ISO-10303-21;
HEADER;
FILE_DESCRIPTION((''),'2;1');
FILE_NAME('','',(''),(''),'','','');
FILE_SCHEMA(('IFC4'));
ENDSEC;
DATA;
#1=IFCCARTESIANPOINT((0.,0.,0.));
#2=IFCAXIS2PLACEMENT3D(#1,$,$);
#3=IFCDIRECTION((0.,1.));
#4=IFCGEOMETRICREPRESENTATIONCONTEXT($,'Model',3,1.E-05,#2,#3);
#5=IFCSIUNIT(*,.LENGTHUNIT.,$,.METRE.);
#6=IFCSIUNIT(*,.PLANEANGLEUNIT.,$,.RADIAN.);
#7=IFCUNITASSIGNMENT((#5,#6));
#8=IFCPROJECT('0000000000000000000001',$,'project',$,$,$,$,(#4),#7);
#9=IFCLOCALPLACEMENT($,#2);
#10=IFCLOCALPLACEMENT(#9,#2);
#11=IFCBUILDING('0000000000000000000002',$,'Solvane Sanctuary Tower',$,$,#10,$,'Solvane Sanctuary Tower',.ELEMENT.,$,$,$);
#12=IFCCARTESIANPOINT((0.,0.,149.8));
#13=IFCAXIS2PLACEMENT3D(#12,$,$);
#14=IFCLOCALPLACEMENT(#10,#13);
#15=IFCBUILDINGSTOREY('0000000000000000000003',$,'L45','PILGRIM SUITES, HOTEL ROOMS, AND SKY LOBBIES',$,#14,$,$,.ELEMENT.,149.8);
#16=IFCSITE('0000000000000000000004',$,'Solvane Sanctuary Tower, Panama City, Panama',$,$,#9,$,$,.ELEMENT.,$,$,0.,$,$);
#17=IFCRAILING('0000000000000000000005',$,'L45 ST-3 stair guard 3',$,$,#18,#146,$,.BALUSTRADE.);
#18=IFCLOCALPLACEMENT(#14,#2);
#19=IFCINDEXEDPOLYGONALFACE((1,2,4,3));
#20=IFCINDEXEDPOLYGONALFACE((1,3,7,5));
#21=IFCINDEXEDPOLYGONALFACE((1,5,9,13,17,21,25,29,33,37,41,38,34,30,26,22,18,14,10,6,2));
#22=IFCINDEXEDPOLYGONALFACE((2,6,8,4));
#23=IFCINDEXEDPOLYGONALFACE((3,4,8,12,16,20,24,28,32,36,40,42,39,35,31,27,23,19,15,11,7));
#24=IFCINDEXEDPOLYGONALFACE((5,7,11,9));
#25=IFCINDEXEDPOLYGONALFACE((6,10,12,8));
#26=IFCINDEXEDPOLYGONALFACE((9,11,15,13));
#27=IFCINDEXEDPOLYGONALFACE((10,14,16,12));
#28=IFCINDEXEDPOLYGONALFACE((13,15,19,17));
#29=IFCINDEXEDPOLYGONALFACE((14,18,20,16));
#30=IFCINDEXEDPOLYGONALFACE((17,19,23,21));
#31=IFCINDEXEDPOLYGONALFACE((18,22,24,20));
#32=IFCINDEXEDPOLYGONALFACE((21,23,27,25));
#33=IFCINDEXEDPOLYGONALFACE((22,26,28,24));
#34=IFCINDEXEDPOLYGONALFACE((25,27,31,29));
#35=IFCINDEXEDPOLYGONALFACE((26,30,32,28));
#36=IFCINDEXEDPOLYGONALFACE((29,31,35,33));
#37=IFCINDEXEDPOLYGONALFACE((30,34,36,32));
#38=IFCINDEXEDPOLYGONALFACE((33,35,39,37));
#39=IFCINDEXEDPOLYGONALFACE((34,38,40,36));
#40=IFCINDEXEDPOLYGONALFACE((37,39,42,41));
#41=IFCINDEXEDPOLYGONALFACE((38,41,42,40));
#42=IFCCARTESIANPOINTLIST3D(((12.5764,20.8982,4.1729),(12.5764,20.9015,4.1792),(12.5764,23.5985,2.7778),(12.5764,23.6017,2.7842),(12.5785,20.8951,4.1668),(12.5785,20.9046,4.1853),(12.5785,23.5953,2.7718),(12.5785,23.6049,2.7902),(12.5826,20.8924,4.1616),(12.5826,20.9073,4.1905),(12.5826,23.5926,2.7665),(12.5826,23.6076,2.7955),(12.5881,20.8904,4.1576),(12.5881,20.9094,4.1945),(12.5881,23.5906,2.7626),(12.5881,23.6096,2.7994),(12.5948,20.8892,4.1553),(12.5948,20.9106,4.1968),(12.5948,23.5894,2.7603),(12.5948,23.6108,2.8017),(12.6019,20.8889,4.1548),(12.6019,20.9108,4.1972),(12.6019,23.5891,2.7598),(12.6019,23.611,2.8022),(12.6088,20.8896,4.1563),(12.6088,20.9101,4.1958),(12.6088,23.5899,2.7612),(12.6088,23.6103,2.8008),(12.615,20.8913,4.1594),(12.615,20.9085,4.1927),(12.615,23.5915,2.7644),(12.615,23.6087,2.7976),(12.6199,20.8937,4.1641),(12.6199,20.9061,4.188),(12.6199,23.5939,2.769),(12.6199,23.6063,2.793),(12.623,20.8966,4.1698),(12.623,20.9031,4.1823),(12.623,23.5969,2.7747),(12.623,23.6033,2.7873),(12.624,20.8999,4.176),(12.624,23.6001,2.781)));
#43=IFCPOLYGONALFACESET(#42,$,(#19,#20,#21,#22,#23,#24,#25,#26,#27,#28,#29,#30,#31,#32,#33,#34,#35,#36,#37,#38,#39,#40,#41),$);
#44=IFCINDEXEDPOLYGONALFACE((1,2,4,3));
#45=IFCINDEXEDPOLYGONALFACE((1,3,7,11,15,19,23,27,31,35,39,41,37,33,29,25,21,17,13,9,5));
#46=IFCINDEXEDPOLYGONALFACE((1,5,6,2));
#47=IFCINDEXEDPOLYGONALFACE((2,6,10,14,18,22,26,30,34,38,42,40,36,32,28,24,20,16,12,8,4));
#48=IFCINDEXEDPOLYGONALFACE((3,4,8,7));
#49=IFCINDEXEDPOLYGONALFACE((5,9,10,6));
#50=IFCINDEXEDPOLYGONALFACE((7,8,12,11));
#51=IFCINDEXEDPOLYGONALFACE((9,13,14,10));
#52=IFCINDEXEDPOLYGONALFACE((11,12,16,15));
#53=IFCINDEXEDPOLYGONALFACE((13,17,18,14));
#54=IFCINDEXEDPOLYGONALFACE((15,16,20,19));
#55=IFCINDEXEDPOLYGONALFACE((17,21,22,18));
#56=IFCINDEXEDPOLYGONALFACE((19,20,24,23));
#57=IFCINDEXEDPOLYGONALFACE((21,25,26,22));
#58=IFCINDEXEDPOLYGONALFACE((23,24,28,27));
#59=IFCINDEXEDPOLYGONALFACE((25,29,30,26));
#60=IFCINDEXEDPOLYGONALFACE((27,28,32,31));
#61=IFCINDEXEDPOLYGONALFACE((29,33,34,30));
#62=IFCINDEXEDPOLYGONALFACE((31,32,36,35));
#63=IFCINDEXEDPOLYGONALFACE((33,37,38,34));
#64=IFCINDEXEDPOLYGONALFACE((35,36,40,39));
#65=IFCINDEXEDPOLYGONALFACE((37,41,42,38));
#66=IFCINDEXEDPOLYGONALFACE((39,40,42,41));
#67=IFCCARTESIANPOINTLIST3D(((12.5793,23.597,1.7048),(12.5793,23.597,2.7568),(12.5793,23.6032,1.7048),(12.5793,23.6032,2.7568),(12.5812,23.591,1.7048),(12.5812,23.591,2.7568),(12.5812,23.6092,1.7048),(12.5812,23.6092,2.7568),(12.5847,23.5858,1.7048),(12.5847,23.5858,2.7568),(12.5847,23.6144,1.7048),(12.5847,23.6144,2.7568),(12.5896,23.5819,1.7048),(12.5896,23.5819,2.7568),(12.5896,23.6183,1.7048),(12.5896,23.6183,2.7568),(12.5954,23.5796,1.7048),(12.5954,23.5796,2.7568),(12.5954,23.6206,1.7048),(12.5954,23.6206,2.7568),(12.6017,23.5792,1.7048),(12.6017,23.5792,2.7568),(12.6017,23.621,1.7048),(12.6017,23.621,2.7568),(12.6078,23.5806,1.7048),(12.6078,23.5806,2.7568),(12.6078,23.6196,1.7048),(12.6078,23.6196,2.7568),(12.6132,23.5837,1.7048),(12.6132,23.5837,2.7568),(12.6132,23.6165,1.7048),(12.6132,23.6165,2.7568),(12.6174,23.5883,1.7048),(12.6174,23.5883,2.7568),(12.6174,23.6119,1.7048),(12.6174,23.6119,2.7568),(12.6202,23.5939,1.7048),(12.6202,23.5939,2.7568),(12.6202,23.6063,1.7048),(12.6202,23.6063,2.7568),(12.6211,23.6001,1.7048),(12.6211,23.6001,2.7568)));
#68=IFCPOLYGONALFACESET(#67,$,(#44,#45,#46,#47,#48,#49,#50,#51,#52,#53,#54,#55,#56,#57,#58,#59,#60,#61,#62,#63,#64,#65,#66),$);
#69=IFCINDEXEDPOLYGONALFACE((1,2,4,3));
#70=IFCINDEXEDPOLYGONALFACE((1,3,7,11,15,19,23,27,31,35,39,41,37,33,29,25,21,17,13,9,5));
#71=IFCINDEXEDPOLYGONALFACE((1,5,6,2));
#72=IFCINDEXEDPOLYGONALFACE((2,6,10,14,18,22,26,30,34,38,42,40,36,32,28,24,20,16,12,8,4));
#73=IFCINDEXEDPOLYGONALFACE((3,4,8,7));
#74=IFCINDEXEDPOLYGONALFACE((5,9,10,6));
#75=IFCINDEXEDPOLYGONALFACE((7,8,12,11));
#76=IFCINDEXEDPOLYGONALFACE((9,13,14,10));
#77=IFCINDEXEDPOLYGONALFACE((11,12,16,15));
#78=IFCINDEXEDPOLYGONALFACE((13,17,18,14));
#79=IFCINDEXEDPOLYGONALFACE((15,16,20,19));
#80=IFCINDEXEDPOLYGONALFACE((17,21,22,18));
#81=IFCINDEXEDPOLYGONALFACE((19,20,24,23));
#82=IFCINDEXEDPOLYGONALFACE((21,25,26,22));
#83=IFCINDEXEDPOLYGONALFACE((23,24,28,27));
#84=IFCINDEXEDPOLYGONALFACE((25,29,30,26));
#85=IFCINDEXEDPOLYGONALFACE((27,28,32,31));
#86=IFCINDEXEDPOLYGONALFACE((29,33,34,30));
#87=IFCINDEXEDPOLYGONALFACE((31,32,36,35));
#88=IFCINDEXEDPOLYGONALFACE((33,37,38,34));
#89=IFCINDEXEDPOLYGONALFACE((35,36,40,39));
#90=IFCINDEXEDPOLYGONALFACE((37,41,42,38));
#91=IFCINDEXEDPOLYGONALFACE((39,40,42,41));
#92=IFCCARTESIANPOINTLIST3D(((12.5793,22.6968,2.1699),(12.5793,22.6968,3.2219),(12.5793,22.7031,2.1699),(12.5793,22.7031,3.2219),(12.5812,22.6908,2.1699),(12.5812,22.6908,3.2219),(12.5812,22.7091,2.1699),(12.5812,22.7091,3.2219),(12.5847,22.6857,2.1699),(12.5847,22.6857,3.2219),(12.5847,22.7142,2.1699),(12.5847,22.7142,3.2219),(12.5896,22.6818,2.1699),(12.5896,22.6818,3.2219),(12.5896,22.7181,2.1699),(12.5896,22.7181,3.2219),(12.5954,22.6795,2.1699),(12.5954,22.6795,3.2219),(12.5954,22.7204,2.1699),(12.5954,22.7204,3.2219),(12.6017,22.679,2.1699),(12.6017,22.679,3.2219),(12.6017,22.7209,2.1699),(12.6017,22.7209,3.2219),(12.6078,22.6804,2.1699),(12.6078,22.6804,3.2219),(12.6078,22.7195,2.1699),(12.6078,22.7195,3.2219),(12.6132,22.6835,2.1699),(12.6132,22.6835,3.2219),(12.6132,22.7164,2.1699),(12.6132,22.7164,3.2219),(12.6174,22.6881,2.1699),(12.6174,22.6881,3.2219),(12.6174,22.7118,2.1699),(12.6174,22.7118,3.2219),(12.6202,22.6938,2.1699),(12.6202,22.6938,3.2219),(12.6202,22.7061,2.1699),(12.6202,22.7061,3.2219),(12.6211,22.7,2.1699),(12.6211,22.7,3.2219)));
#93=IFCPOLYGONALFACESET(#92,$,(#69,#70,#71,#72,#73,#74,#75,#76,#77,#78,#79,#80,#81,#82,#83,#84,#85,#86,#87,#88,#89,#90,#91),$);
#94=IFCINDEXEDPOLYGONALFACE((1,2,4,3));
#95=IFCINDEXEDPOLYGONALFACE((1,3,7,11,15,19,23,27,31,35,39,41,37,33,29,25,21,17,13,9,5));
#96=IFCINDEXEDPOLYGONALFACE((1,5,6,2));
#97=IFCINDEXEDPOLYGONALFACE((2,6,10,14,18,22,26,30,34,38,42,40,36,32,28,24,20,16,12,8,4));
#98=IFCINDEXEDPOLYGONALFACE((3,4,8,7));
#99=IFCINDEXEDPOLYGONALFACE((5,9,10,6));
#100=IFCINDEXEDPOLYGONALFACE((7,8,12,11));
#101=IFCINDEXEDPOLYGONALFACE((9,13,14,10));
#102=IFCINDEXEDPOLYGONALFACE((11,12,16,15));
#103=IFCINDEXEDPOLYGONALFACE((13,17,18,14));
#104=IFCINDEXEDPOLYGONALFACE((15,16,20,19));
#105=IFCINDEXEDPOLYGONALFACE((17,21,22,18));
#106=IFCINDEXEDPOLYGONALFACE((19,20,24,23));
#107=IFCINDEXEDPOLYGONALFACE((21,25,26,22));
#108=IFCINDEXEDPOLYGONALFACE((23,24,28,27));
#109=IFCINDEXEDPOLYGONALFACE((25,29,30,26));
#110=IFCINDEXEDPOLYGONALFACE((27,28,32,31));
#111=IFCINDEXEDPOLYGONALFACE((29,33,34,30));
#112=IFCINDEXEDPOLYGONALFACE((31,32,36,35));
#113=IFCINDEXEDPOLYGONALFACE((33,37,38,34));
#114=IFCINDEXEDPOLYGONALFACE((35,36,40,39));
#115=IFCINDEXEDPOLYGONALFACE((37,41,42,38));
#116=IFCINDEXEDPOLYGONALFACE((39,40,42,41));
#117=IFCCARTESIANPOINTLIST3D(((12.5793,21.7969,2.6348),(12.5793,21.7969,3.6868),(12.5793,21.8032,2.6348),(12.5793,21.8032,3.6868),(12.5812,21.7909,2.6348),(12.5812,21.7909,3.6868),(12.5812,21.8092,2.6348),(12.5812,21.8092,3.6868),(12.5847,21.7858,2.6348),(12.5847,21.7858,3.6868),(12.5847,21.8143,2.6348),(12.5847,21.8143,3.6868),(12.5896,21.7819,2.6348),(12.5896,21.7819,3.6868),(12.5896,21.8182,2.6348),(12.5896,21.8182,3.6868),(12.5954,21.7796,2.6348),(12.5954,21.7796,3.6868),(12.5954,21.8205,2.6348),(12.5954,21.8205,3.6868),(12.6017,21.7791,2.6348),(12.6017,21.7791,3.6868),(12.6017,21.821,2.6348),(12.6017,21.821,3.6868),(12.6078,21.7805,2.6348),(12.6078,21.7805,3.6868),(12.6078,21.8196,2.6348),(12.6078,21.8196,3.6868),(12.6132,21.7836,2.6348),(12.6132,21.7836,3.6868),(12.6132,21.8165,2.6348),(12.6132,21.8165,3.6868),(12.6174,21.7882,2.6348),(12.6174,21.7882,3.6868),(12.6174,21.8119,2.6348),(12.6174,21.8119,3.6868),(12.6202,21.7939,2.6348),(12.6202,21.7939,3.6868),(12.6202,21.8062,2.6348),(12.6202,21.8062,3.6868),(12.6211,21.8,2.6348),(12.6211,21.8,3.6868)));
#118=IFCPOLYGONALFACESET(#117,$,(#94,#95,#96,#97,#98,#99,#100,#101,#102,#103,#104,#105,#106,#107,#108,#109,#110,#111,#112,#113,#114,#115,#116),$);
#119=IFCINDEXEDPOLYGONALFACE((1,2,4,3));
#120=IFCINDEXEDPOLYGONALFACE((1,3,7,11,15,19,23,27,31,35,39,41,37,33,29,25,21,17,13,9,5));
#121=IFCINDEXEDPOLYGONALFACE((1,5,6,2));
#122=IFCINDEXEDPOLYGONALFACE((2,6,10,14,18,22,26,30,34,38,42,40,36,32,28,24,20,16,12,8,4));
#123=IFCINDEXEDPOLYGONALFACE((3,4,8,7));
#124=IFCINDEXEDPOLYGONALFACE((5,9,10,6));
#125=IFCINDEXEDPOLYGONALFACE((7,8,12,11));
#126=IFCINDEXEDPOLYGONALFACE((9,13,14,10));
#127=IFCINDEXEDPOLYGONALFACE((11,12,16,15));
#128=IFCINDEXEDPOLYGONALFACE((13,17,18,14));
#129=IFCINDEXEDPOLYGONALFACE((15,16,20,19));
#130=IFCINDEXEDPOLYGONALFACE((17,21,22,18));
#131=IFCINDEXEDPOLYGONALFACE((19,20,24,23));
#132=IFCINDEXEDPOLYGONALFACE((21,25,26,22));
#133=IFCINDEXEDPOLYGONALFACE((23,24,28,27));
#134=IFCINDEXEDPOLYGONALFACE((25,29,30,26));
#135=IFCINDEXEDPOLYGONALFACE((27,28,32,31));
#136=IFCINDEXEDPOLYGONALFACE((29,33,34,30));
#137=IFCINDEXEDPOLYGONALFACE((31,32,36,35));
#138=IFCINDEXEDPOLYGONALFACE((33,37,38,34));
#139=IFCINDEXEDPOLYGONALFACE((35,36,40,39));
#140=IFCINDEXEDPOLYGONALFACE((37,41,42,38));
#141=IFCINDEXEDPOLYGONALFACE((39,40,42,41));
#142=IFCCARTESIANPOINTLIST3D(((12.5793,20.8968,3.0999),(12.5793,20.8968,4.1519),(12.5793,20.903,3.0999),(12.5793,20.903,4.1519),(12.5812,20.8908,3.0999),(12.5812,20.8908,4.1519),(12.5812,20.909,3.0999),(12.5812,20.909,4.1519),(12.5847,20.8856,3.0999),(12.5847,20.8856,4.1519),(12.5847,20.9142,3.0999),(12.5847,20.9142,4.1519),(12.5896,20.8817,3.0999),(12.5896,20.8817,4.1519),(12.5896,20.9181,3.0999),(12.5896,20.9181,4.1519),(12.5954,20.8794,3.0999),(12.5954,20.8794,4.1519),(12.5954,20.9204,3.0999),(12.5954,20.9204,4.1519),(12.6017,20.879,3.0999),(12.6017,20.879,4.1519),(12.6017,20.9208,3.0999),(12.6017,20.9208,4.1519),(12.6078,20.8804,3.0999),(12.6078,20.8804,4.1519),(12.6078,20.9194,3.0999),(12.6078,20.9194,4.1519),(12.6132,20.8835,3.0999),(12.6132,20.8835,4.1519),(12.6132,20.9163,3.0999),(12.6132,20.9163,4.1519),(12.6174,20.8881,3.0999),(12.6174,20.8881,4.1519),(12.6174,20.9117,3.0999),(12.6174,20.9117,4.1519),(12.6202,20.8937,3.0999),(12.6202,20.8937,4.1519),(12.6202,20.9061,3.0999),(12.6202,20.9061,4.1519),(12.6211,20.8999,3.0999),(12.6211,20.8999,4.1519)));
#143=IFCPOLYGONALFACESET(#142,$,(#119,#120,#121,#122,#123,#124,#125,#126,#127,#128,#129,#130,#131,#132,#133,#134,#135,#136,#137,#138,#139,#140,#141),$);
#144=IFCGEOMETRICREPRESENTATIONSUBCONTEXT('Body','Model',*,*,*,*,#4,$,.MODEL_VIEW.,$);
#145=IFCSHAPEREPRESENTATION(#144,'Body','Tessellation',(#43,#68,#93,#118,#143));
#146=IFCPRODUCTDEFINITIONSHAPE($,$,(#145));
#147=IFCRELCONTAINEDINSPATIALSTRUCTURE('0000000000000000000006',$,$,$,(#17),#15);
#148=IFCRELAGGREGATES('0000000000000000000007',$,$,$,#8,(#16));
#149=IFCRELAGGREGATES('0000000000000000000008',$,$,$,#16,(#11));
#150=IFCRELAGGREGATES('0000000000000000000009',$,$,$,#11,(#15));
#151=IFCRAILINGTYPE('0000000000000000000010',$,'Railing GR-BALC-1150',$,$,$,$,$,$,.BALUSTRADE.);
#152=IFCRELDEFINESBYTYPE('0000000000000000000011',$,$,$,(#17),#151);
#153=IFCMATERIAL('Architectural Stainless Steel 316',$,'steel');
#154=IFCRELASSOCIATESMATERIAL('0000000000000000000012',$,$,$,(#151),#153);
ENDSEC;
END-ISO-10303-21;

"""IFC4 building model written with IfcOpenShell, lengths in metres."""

from ifc_helpers import new_model, si_unit, direction, frame, origin, origin_2d, place, context, subcontext, project, spatial, circle, extrude, material, type_object, element, save


model = new_model("IFC4")

# Units and contexts
model_context = context("Model", 3, precision=1e-05, world=origin(), true_north=direction((0.0, 1.0)))
body_context = subcontext(model_context, "Body", "Model", "MODEL_VIEW")
ifc_project = project(units=[si_unit("LENGTHUNIT", "METRE"), si_unit("PLANEANGLEUNIT", "RADIAN")], contexts=[model_context])

# Site, building, storey
site_placement = place(None, origin())
site = spatial("IfcSite", under=ifc_project, at=site_placement, Name="Solvane Sanctuary Tower, Panama City, Panama", CompositionType="ELEMENT", RefElevation=0.0)
building_placement = place(site_placement, origin())
building = spatial("IfcBuilding", under=site, at=building_placement, Name="Solvane Sanctuary Tower", LongName="Solvane Sanctuary Tower", CompositionType="ELEMENT")
storey_placement = place(building_placement, frame((0.0, 0.0, 149.8)))
storey = spatial("IfcBuildingStorey", under=building, at=storey_placement, Name="L45", Description="PILGRIM SUITES, HOTEL ROOMS, AND SKY LOBBIES", CompositionType="ELEMENT", Elevation=149.8)

# Shared definitions
ifc_material_1 = material(Name="Architectural Stainless Steel 316", Category="steel")

# Railing
railing_type_1 = type_object("IfcRailingType", Name="Railing GR-BALC-1150", PredefinedType="BALUSTRADE", material=ifc_material_1)
railing_1_placement = place(storey_placement, frame((12.6001, 23.6001, 1.7048)))
element("IfcRailing", 1, at=railing_1_placement, inside=storey, type_object=railing_type_1, Name="L45 ST-3 stair guard 3", PredefinedType="BALUSTRADE", context=body_context, shape_type="SweptSolid", body=[
    extrude(circle(Radius=0.0239, at=origin_2d()), frame((0.0, 0.0, 1.0762), z_axis=(0.0, -0.888437, 0.458999), x_axis=(1.0, 0.0, 0.0)), (0.0, 0.0, 1.0), 3.0393),
    extrude(circle(Radius=0.021, at=origin_2d()), origin(), (0.0, 0.0, 1.0), 1.052),
    extrude(circle(Radius=0.021, at=origin_2d()), frame((0.0, -0.9001, 0.4651)), (0.0, 0.0, 1.0), 1.052),
    extrude(circle(Radius=0.021, at=origin_2d()), frame((0.0, -1.8, 0.9299)), (0.0, 0.0, 1.0), 1.052),
    extrude(circle(Radius=0.021, at=origin_2d()), frame((0.0, -2.7002, 1.395)), (0.0, 0.0, 1.0), 1.052),
])

save(model, "model.ifc")
